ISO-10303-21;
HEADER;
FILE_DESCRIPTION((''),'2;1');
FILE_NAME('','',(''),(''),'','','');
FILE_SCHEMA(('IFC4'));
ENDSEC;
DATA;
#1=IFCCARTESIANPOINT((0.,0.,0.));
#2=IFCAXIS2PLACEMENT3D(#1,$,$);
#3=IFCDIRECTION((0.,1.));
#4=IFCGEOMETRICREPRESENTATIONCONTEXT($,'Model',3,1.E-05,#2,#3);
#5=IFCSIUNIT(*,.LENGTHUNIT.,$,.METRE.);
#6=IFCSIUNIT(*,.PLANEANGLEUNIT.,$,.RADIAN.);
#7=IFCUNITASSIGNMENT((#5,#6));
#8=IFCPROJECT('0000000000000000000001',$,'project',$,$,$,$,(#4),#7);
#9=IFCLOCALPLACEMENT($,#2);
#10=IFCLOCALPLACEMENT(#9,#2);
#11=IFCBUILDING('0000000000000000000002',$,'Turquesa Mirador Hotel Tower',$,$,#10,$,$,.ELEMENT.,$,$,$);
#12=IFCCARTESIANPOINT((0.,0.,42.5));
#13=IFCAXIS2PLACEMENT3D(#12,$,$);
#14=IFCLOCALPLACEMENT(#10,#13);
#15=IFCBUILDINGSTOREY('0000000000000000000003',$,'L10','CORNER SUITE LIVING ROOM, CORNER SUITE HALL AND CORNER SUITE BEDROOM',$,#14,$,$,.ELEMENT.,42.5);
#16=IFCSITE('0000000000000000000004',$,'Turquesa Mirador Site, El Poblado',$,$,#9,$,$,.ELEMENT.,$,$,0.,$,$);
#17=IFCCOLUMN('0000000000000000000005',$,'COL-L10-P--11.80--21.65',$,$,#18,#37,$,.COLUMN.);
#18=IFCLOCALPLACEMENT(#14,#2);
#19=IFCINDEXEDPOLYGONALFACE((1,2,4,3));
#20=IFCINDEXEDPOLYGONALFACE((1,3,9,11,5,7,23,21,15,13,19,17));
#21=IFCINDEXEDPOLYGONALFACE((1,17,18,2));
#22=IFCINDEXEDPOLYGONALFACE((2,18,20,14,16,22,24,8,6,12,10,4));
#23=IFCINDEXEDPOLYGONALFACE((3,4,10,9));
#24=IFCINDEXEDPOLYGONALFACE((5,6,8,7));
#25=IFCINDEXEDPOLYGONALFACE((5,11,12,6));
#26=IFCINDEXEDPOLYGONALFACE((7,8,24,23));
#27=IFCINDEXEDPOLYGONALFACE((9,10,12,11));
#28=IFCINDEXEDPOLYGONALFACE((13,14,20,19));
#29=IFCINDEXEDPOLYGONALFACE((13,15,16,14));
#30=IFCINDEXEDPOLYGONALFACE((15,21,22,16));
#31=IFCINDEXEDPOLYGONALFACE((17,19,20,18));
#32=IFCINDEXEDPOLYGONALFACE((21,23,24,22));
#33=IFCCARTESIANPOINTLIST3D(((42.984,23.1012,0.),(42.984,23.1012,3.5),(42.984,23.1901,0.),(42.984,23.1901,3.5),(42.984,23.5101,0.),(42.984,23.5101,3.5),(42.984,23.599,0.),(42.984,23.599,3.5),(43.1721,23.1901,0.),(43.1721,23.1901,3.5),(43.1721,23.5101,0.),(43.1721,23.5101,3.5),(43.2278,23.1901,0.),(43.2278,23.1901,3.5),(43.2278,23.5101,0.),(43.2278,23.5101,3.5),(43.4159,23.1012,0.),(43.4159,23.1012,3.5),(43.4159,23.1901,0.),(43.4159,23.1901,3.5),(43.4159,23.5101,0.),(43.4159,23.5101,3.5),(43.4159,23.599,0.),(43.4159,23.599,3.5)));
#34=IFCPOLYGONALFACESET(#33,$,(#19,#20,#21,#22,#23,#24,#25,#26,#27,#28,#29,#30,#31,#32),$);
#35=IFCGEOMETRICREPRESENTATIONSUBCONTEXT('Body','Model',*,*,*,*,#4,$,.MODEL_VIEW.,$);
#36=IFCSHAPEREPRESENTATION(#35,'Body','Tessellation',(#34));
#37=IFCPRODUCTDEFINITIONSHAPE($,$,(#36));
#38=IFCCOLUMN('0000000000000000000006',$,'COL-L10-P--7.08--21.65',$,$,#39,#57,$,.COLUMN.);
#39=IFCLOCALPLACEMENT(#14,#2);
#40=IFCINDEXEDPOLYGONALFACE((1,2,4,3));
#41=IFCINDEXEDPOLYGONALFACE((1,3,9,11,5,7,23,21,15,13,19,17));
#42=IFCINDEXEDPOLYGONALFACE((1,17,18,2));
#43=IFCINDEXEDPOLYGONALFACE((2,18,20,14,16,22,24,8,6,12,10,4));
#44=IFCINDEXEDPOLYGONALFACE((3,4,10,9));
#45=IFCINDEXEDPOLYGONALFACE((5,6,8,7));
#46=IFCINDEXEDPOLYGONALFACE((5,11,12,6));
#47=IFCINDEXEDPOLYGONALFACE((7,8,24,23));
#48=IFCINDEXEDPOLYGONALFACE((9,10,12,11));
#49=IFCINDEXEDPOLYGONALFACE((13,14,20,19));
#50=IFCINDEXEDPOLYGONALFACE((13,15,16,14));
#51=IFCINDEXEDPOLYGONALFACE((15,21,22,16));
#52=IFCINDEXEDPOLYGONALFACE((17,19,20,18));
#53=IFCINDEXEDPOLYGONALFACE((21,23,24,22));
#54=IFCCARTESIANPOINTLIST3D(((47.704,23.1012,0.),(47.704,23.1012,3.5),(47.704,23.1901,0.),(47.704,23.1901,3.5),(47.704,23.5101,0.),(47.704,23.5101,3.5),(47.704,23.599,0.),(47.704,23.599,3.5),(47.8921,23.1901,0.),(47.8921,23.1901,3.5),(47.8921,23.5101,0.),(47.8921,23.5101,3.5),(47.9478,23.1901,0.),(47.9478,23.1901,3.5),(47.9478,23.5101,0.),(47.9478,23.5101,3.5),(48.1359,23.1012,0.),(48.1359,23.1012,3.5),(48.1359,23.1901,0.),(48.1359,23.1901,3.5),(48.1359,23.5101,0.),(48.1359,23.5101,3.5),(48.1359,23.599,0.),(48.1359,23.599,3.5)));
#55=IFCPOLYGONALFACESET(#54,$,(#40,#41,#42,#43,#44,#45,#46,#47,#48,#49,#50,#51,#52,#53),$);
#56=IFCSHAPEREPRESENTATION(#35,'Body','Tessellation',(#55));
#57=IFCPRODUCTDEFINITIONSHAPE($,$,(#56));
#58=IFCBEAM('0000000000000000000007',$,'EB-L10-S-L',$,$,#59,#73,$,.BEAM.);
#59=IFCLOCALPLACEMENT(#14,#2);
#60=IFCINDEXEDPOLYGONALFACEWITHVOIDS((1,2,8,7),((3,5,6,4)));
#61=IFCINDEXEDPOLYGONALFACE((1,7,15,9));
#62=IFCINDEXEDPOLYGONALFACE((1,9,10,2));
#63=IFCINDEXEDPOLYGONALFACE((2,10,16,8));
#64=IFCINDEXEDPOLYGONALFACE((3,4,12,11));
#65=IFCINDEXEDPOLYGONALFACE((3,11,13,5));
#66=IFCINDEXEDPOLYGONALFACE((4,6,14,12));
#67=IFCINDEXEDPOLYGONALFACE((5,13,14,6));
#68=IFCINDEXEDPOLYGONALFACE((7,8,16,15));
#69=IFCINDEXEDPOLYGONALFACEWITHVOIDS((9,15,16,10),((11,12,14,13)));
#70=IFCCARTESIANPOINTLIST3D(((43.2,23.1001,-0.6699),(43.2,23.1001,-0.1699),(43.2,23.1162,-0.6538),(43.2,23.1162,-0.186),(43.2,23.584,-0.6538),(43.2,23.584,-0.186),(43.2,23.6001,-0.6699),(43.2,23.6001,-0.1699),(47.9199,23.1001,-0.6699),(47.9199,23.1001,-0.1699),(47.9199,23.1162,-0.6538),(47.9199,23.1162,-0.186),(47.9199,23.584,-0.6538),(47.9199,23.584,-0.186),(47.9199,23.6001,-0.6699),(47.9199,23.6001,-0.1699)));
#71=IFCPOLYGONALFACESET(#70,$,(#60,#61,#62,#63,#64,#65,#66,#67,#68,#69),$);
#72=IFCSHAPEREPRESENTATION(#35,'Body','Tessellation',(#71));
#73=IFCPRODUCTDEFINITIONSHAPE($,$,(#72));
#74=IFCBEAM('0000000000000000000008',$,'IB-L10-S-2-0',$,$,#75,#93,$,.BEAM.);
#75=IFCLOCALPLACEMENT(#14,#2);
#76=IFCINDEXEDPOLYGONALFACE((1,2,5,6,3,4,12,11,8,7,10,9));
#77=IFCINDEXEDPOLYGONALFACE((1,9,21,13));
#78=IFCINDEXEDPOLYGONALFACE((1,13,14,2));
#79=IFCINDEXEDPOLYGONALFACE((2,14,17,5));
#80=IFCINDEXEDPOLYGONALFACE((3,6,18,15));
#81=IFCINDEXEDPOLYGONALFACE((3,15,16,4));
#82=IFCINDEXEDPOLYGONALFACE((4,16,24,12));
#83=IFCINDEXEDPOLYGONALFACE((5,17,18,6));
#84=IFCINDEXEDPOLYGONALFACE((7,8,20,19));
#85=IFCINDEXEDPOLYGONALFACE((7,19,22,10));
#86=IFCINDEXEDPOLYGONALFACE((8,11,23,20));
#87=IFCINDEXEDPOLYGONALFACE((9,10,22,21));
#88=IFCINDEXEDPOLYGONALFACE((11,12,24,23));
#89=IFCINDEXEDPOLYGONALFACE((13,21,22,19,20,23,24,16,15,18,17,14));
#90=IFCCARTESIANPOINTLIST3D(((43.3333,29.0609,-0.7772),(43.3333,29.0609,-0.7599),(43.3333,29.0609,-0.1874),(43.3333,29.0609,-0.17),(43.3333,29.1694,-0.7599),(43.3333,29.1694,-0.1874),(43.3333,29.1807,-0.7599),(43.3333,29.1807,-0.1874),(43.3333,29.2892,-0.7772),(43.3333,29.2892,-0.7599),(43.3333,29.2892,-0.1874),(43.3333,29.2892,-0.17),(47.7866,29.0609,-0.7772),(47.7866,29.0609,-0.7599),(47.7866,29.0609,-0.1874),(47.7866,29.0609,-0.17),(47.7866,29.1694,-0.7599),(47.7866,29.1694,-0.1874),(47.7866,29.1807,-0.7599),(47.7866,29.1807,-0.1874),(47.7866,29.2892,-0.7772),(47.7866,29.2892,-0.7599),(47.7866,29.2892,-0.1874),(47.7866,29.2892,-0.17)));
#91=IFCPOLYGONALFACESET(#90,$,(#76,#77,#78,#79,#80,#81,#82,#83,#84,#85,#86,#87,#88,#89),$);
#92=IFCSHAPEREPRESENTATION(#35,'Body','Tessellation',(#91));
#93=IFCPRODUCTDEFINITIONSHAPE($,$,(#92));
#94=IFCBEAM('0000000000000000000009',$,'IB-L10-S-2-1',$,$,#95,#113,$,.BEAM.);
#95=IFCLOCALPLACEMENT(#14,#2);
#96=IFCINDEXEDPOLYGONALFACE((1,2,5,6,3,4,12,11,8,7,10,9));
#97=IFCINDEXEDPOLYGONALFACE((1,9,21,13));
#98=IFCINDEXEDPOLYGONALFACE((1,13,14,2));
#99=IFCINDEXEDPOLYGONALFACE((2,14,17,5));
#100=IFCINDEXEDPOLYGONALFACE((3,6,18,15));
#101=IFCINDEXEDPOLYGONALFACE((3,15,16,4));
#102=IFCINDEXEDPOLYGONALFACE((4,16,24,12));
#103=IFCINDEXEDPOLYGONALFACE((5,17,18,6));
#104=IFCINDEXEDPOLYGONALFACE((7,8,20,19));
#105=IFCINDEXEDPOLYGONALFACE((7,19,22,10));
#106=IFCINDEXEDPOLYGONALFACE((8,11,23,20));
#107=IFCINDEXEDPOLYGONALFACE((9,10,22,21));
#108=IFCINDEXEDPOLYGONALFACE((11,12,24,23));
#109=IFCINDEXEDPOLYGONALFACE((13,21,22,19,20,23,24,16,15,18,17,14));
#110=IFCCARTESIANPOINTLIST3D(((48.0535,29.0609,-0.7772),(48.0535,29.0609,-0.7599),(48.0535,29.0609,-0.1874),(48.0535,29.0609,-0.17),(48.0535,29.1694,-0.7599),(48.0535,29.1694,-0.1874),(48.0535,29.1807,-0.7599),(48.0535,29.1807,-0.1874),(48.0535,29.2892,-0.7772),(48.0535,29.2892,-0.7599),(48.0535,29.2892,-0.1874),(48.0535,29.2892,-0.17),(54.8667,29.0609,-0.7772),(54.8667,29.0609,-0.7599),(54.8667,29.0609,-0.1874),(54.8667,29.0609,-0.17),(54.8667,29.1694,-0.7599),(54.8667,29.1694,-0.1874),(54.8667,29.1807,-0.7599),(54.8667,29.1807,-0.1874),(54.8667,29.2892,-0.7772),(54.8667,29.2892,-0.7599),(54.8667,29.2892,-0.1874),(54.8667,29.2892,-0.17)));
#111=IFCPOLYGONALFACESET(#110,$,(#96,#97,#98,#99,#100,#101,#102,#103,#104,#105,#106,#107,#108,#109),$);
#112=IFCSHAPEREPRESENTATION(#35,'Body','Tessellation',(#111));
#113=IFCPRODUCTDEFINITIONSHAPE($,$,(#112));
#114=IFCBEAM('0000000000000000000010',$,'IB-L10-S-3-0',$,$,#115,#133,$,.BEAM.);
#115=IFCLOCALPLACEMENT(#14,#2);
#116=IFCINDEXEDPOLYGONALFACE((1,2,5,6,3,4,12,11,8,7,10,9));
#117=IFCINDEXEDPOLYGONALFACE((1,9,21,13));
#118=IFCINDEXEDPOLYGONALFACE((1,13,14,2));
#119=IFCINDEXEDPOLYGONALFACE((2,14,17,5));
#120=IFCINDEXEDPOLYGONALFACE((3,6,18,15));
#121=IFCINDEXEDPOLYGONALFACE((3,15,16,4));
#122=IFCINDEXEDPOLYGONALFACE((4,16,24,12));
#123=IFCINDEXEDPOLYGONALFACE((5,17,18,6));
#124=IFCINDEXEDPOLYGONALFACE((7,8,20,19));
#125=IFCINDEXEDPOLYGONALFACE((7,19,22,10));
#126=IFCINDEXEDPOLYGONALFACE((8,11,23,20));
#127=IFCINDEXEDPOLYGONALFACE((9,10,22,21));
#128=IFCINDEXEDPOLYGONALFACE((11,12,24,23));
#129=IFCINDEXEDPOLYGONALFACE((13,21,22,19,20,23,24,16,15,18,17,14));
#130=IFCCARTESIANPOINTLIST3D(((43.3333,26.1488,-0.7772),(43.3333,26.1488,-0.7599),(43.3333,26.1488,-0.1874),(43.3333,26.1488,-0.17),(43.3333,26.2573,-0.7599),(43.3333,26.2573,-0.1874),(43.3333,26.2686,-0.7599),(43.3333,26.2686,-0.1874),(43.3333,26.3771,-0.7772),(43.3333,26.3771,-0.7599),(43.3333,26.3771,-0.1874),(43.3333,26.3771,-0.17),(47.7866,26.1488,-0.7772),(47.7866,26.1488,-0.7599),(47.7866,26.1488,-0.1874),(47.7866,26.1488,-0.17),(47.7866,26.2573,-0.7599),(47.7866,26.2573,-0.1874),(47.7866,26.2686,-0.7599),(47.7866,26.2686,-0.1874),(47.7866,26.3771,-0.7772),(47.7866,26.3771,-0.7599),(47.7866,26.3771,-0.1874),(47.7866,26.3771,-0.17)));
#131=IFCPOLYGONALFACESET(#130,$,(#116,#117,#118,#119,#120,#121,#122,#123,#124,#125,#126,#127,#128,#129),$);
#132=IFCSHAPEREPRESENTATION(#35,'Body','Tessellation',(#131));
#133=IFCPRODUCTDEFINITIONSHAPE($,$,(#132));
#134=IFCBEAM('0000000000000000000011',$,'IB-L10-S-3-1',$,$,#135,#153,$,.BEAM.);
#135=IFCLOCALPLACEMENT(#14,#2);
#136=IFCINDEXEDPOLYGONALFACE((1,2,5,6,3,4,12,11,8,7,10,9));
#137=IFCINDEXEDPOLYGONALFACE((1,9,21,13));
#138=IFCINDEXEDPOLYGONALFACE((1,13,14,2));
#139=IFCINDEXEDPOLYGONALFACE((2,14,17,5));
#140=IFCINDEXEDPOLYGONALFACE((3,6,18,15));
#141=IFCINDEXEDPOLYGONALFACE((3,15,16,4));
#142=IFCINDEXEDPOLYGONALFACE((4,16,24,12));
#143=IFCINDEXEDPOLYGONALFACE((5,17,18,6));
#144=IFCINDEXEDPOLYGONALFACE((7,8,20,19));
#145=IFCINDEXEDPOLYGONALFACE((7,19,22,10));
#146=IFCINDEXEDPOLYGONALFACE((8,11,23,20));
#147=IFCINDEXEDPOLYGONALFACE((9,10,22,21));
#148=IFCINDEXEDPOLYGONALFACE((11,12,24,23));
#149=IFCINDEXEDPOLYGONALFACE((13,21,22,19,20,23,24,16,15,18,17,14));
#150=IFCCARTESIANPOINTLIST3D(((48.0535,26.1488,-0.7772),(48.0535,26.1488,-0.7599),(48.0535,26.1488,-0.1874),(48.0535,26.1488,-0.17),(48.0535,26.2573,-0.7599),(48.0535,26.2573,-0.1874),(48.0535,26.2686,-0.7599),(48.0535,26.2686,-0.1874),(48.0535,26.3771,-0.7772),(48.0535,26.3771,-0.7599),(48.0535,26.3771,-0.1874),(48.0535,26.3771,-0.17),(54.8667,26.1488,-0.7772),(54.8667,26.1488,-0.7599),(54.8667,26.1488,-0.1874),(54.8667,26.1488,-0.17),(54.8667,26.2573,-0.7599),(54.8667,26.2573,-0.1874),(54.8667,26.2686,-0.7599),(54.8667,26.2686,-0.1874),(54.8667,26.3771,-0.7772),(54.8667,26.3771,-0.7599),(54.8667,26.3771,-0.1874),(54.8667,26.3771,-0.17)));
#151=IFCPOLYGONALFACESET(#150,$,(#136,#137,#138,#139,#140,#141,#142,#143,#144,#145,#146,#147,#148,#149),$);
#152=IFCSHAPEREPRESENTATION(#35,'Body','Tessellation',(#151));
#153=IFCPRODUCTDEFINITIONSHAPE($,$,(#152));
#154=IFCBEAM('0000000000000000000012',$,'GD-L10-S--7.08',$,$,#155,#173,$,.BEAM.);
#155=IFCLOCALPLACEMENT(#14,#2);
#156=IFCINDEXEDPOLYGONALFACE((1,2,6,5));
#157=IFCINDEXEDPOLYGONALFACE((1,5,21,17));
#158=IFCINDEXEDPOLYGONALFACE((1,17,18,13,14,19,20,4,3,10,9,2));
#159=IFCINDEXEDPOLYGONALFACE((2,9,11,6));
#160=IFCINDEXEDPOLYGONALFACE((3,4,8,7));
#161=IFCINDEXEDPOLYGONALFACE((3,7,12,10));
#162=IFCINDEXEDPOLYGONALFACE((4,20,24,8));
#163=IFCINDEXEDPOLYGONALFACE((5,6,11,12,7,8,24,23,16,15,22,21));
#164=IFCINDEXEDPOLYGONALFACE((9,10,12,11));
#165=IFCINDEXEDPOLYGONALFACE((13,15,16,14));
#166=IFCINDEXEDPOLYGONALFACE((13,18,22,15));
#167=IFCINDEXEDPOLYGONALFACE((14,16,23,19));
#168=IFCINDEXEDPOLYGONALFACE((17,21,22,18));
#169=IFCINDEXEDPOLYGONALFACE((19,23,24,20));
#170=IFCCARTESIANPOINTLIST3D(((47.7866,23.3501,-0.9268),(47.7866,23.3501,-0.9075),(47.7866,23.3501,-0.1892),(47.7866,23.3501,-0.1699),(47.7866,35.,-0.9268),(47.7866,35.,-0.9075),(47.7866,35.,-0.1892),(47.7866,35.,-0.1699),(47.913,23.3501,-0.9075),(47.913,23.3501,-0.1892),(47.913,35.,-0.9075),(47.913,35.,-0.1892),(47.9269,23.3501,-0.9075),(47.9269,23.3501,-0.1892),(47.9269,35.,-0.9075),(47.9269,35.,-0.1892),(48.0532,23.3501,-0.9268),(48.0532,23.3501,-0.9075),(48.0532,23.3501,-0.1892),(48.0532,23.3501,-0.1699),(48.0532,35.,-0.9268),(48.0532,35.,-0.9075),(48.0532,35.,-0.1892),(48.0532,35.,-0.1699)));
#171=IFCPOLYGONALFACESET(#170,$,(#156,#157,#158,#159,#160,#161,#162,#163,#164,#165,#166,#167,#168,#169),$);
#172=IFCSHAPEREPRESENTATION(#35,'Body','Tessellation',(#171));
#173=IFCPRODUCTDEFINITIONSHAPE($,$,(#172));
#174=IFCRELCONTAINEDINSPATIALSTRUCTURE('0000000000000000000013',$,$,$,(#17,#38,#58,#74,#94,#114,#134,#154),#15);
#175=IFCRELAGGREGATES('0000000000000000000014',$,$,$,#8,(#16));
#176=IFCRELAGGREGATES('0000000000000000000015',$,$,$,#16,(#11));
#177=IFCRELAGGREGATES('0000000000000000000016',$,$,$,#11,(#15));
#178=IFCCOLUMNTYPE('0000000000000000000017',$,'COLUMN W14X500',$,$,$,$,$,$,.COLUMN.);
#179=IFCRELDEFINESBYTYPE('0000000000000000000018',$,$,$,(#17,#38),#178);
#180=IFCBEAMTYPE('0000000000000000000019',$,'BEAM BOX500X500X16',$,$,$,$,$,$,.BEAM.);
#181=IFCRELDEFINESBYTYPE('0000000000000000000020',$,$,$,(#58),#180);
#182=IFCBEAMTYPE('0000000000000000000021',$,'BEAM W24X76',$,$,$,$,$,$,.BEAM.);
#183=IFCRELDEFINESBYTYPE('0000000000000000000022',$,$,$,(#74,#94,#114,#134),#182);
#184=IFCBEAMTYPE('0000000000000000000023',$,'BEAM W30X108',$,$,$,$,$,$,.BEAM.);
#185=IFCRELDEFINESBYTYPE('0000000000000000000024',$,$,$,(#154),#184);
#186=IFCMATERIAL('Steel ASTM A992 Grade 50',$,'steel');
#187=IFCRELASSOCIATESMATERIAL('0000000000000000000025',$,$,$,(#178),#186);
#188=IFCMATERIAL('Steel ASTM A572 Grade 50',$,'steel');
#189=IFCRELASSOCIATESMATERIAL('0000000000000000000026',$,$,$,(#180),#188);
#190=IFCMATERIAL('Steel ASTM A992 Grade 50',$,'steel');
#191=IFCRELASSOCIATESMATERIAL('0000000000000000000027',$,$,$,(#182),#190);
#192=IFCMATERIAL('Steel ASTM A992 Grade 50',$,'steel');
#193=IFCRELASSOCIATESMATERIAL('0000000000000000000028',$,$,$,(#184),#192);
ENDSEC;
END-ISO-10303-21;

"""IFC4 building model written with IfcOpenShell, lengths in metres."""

from ifc_helpers import new_model, si_unit, direction, frame, origin, origin_2d, place, context, subcontext, project, spatial, hollow_rectangle, i_section, extrude, material, material_profile, profile_set, type_object, element, save


model = new_model("IFC4")

# Units and contexts
model_context = context("Model", 3, precision=1e-05, world=origin(), true_north=direction((0.0, 1.0)))
body_context = subcontext(model_context, "Body", "Model", "MODEL_VIEW")
ifc_project = project(units=[si_unit("LENGTHUNIT", "METRE"), si_unit("PLANEANGLEUNIT", "RADIAN")], contexts=[model_context])

# Site, building, storey
site_placement = place(None, origin())
site = spatial("IfcSite", under=ifc_project, at=site_placement, Name="Turquesa Mirador Site, El Poblado", CompositionType="ELEMENT", RefElevation=0.0)
building_placement = place(site_placement, origin())
building = spatial("IfcBuilding", under=site, at=building_placement, Name="Turquesa Mirador Hotel Tower", CompositionType="ELEMENT")
storey_placement = place(building_placement, frame((0.0, 0.0, 42.5)))
storey = spatial("IfcBuildingStorey", under=building, at=storey_placement, Name="L10", Description="CORNER SUITE LIVING ROOM, CORNER SUITE HALL AND CORNER SUITE BEDROOM", CompositionType="ELEMENT", Elevation=42.5)

# Columns
ifc_material_1 = material(Name="Steel ASTM A992 Grade 50", Category="steel")
ifc_material_profile_1 = material_profile(ifc_material_1, i_section(OverallWidth=0.4319, OverallDepth=0.4978, WebThickness=0.0557, FlangeThickness=0.0889, at=origin_2d()), Name="W14X500")
ifc_profile_set_1 = profile_set([ifc_material_profile_1], Name="Steel ASTM A992 Grade 50")
column_type = type_object("IfcColumnType", Name="COLUMN W14X500", PredefinedType="COLUMN", material=ifc_profile_set_1)
for number, where, z_axis, x_axis, name in (
    (1, (43.2, 23.3501, 0.0), (0.0, 0.0, 1.0), (1.0, 0.0, 0.0), "COL-L10-P--11.80--21.65"),
    (2, (47.9199, 23.3501, 0.0), (0.0, 0.0, 1.0), (1.0, 0.0, 0.0), "COL-L10-P--7.08--21.65"),
):
    element("IfcColumn", number, at=place(storey_placement, frame(where, z_axis=z_axis, x_axis=x_axis)), inside=storey, type_object=column_type, Name=name, PredefinedType="COLUMN", context=body_context, shape_type="SweptSolid", body=[
        extrude(i_section(OverallWidth=0.4319, OverallDepth=0.4978, WebThickness=0.0557, FlangeThickness=0.0889, at=origin_2d()), origin(), (0.0, 0.0, 1.0), 3.5),
    ])

# Beams
ifc_material_2 = material(Name="Steel ASTM A572 Grade 50", Category="steel")
ifc_material_profile_2 = material_profile(ifc_material_2, hollow_rectangle(XDim=0.5, YDim=0.5, WallThickness=0.0161, at=origin_2d()), Name="BOX500X500X16")
ifc_profile_set_2 = profile_set([ifc_material_profile_2], Name="Steel ASTM A572 Grade 50")
beam_type_1 = type_object("IfcBeamType", Name="BEAM BOX500X500X16", PredefinedType="BEAM", material=ifc_profile_set_2)
beam_1_placement = place(storey_placement, frame((43.2, 23.3501, -0.4199), z_axis=(1.0, 0.0, 0.0), x_axis=(0.0, 1.0, 0.0)))
element("IfcBeam", 3, at=beam_1_placement, inside=storey, type_object=beam_type_1, Name="EB-L10-S-L", PredefinedType="BEAM", context=body_context, shape_type="SweptSolid", body=[
    extrude(hollow_rectangle(XDim=0.5, YDim=0.5, WallThickness=0.0161, at=origin_2d()), origin(), (0.0, 0.0, 1.0), 4.72),
])
ifc_material_3 = material(Name="Steel ASTM A992 Grade 50", Category="steel")
ifc_material_profile_3 = material_profile(ifc_material_3, i_section(OverallWidth=0.2283, OverallDepth=0.6072, WebThickness=0.0112, FlangeThickness=0.0173, at=origin_2d()), Name="W24X76")
ifc_profile_set_3 = profile_set([ifc_material_profile_3], Name="Steel ASTM A992 Grade 50")
beam_type_2 = type_object("IfcBeamType", Name="BEAM W24X76", PredefinedType="BEAM", material=ifc_profile_set_3)
beam_2_placement = place(storey_placement, frame((43.3333, 29.175, -0.4736), z_axis=(1.0, 0.0, 0.0), x_axis=(0.0, 1.0, 0.0)))
element("IfcBeam", 4, at=beam_2_placement, inside=storey, type_object=beam_type_2, Name="IB-L10-S-2-0", PredefinedType="BEAM", context=body_context, shape_type="SweptSolid", body=[
    extrude(i_section(OverallWidth=0.2283, OverallDepth=0.6072, WebThickness=0.0112, FlangeThickness=0.0173, at=origin_2d()), origin(), (0.0, 0.0, 1.0), 4.4534),
])
beam_3_placement = place(storey_placement, frame((48.0535, 29.175, -0.4736), z_axis=(1.0, 0.0, 0.0), x_axis=(0.0, 1.0, 0.0)))
element("IfcBeam", 5, at=beam_3_placement, inside=storey, type_object=beam_type_2, Name="IB-L10-S-2-1", PredefinedType="BEAM", context=body_context, shape_type="SweptSolid", body=[
    extrude(i_section(OverallWidth=0.2283, OverallDepth=0.6072, WebThickness=0.0112, FlangeThickness=0.0173, at=origin_2d()), origin(), (0.0, 0.0, 1.0), 6.8132),
])
beam_4_placement = place(storey_placement, frame((43.3333, 26.2629, -0.4736), z_axis=(1.0, 0.0, 0.0), x_axis=(0.0, 1.0, 0.0)))
element("IfcBeam", 6, at=beam_4_placement, inside=storey, type_object=beam_type_2, Name="IB-L10-S-3-0", PredefinedType="BEAM", context=body_context, shape_type="SweptSolid", body=[
    extrude(i_section(OverallWidth=0.2283, OverallDepth=0.6072, WebThickness=0.0112, FlangeThickness=0.0173, at=origin_2d()), origin(), (0.0, 0.0, 1.0), 4.4534),
])
beam_5_placement = place(storey_placement, frame((48.0535, 26.2629, -0.4736), z_axis=(1.0, 0.0, 0.0), x_axis=(0.0, 1.0, 0.0)))
element("IfcBeam", 7, at=beam_5_placement, inside=storey, type_object=beam_type_2, Name="IB-L10-S-3-1", PredefinedType="BEAM", context=body_context, shape_type="SweptSolid", body=[
    extrude(i_section(OverallWidth=0.2283, OverallDepth=0.6072, WebThickness=0.0112, FlangeThickness=0.0173, at=origin_2d()), origin(), (0.0, 0.0, 1.0), 6.8132),
])
ifc_material_4 = material(Name="Steel ASTM A992 Grade 50", Category="steel")
ifc_material_profile_4 = material_profile(ifc_material_4, i_section(OverallWidth=0.2666, OverallDepth=0.7568, WebThickness=0.0139, FlangeThickness=0.0193, at=origin_2d()), Name="W30X108")
ifc_profile_set_4 = profile_set([ifc_material_profile_4], Name="Steel ASTM A992 Grade 50")
beam_type_3 = type_object("IfcBeamType", Name="BEAM W30X108", PredefinedType="BEAM", material=ifc_profile_set_4)
beam_6_placement = place(storey_placement, frame((47.9199, 23.3501, -0.5483), z_axis=(0.0, 1.0, 0.0), x_axis=(-1.0, 0.0, 0.0)))
element("IfcBeam", 8, at=beam_6_placement, inside=storey, type_object=beam_type_3, Name="GD-L10-S--7.08", PredefinedType="BEAM", context=body_context, shape_type="SweptSolid", body=[
    extrude(i_section(OverallWidth=0.2666, OverallDepth=0.7568, WebThickness=0.0139, FlangeThickness=0.0193, at=origin_2d()), origin(), (0.0, 0.0, 1.0), 11.6499),
])

save(model, "model.ifc")
